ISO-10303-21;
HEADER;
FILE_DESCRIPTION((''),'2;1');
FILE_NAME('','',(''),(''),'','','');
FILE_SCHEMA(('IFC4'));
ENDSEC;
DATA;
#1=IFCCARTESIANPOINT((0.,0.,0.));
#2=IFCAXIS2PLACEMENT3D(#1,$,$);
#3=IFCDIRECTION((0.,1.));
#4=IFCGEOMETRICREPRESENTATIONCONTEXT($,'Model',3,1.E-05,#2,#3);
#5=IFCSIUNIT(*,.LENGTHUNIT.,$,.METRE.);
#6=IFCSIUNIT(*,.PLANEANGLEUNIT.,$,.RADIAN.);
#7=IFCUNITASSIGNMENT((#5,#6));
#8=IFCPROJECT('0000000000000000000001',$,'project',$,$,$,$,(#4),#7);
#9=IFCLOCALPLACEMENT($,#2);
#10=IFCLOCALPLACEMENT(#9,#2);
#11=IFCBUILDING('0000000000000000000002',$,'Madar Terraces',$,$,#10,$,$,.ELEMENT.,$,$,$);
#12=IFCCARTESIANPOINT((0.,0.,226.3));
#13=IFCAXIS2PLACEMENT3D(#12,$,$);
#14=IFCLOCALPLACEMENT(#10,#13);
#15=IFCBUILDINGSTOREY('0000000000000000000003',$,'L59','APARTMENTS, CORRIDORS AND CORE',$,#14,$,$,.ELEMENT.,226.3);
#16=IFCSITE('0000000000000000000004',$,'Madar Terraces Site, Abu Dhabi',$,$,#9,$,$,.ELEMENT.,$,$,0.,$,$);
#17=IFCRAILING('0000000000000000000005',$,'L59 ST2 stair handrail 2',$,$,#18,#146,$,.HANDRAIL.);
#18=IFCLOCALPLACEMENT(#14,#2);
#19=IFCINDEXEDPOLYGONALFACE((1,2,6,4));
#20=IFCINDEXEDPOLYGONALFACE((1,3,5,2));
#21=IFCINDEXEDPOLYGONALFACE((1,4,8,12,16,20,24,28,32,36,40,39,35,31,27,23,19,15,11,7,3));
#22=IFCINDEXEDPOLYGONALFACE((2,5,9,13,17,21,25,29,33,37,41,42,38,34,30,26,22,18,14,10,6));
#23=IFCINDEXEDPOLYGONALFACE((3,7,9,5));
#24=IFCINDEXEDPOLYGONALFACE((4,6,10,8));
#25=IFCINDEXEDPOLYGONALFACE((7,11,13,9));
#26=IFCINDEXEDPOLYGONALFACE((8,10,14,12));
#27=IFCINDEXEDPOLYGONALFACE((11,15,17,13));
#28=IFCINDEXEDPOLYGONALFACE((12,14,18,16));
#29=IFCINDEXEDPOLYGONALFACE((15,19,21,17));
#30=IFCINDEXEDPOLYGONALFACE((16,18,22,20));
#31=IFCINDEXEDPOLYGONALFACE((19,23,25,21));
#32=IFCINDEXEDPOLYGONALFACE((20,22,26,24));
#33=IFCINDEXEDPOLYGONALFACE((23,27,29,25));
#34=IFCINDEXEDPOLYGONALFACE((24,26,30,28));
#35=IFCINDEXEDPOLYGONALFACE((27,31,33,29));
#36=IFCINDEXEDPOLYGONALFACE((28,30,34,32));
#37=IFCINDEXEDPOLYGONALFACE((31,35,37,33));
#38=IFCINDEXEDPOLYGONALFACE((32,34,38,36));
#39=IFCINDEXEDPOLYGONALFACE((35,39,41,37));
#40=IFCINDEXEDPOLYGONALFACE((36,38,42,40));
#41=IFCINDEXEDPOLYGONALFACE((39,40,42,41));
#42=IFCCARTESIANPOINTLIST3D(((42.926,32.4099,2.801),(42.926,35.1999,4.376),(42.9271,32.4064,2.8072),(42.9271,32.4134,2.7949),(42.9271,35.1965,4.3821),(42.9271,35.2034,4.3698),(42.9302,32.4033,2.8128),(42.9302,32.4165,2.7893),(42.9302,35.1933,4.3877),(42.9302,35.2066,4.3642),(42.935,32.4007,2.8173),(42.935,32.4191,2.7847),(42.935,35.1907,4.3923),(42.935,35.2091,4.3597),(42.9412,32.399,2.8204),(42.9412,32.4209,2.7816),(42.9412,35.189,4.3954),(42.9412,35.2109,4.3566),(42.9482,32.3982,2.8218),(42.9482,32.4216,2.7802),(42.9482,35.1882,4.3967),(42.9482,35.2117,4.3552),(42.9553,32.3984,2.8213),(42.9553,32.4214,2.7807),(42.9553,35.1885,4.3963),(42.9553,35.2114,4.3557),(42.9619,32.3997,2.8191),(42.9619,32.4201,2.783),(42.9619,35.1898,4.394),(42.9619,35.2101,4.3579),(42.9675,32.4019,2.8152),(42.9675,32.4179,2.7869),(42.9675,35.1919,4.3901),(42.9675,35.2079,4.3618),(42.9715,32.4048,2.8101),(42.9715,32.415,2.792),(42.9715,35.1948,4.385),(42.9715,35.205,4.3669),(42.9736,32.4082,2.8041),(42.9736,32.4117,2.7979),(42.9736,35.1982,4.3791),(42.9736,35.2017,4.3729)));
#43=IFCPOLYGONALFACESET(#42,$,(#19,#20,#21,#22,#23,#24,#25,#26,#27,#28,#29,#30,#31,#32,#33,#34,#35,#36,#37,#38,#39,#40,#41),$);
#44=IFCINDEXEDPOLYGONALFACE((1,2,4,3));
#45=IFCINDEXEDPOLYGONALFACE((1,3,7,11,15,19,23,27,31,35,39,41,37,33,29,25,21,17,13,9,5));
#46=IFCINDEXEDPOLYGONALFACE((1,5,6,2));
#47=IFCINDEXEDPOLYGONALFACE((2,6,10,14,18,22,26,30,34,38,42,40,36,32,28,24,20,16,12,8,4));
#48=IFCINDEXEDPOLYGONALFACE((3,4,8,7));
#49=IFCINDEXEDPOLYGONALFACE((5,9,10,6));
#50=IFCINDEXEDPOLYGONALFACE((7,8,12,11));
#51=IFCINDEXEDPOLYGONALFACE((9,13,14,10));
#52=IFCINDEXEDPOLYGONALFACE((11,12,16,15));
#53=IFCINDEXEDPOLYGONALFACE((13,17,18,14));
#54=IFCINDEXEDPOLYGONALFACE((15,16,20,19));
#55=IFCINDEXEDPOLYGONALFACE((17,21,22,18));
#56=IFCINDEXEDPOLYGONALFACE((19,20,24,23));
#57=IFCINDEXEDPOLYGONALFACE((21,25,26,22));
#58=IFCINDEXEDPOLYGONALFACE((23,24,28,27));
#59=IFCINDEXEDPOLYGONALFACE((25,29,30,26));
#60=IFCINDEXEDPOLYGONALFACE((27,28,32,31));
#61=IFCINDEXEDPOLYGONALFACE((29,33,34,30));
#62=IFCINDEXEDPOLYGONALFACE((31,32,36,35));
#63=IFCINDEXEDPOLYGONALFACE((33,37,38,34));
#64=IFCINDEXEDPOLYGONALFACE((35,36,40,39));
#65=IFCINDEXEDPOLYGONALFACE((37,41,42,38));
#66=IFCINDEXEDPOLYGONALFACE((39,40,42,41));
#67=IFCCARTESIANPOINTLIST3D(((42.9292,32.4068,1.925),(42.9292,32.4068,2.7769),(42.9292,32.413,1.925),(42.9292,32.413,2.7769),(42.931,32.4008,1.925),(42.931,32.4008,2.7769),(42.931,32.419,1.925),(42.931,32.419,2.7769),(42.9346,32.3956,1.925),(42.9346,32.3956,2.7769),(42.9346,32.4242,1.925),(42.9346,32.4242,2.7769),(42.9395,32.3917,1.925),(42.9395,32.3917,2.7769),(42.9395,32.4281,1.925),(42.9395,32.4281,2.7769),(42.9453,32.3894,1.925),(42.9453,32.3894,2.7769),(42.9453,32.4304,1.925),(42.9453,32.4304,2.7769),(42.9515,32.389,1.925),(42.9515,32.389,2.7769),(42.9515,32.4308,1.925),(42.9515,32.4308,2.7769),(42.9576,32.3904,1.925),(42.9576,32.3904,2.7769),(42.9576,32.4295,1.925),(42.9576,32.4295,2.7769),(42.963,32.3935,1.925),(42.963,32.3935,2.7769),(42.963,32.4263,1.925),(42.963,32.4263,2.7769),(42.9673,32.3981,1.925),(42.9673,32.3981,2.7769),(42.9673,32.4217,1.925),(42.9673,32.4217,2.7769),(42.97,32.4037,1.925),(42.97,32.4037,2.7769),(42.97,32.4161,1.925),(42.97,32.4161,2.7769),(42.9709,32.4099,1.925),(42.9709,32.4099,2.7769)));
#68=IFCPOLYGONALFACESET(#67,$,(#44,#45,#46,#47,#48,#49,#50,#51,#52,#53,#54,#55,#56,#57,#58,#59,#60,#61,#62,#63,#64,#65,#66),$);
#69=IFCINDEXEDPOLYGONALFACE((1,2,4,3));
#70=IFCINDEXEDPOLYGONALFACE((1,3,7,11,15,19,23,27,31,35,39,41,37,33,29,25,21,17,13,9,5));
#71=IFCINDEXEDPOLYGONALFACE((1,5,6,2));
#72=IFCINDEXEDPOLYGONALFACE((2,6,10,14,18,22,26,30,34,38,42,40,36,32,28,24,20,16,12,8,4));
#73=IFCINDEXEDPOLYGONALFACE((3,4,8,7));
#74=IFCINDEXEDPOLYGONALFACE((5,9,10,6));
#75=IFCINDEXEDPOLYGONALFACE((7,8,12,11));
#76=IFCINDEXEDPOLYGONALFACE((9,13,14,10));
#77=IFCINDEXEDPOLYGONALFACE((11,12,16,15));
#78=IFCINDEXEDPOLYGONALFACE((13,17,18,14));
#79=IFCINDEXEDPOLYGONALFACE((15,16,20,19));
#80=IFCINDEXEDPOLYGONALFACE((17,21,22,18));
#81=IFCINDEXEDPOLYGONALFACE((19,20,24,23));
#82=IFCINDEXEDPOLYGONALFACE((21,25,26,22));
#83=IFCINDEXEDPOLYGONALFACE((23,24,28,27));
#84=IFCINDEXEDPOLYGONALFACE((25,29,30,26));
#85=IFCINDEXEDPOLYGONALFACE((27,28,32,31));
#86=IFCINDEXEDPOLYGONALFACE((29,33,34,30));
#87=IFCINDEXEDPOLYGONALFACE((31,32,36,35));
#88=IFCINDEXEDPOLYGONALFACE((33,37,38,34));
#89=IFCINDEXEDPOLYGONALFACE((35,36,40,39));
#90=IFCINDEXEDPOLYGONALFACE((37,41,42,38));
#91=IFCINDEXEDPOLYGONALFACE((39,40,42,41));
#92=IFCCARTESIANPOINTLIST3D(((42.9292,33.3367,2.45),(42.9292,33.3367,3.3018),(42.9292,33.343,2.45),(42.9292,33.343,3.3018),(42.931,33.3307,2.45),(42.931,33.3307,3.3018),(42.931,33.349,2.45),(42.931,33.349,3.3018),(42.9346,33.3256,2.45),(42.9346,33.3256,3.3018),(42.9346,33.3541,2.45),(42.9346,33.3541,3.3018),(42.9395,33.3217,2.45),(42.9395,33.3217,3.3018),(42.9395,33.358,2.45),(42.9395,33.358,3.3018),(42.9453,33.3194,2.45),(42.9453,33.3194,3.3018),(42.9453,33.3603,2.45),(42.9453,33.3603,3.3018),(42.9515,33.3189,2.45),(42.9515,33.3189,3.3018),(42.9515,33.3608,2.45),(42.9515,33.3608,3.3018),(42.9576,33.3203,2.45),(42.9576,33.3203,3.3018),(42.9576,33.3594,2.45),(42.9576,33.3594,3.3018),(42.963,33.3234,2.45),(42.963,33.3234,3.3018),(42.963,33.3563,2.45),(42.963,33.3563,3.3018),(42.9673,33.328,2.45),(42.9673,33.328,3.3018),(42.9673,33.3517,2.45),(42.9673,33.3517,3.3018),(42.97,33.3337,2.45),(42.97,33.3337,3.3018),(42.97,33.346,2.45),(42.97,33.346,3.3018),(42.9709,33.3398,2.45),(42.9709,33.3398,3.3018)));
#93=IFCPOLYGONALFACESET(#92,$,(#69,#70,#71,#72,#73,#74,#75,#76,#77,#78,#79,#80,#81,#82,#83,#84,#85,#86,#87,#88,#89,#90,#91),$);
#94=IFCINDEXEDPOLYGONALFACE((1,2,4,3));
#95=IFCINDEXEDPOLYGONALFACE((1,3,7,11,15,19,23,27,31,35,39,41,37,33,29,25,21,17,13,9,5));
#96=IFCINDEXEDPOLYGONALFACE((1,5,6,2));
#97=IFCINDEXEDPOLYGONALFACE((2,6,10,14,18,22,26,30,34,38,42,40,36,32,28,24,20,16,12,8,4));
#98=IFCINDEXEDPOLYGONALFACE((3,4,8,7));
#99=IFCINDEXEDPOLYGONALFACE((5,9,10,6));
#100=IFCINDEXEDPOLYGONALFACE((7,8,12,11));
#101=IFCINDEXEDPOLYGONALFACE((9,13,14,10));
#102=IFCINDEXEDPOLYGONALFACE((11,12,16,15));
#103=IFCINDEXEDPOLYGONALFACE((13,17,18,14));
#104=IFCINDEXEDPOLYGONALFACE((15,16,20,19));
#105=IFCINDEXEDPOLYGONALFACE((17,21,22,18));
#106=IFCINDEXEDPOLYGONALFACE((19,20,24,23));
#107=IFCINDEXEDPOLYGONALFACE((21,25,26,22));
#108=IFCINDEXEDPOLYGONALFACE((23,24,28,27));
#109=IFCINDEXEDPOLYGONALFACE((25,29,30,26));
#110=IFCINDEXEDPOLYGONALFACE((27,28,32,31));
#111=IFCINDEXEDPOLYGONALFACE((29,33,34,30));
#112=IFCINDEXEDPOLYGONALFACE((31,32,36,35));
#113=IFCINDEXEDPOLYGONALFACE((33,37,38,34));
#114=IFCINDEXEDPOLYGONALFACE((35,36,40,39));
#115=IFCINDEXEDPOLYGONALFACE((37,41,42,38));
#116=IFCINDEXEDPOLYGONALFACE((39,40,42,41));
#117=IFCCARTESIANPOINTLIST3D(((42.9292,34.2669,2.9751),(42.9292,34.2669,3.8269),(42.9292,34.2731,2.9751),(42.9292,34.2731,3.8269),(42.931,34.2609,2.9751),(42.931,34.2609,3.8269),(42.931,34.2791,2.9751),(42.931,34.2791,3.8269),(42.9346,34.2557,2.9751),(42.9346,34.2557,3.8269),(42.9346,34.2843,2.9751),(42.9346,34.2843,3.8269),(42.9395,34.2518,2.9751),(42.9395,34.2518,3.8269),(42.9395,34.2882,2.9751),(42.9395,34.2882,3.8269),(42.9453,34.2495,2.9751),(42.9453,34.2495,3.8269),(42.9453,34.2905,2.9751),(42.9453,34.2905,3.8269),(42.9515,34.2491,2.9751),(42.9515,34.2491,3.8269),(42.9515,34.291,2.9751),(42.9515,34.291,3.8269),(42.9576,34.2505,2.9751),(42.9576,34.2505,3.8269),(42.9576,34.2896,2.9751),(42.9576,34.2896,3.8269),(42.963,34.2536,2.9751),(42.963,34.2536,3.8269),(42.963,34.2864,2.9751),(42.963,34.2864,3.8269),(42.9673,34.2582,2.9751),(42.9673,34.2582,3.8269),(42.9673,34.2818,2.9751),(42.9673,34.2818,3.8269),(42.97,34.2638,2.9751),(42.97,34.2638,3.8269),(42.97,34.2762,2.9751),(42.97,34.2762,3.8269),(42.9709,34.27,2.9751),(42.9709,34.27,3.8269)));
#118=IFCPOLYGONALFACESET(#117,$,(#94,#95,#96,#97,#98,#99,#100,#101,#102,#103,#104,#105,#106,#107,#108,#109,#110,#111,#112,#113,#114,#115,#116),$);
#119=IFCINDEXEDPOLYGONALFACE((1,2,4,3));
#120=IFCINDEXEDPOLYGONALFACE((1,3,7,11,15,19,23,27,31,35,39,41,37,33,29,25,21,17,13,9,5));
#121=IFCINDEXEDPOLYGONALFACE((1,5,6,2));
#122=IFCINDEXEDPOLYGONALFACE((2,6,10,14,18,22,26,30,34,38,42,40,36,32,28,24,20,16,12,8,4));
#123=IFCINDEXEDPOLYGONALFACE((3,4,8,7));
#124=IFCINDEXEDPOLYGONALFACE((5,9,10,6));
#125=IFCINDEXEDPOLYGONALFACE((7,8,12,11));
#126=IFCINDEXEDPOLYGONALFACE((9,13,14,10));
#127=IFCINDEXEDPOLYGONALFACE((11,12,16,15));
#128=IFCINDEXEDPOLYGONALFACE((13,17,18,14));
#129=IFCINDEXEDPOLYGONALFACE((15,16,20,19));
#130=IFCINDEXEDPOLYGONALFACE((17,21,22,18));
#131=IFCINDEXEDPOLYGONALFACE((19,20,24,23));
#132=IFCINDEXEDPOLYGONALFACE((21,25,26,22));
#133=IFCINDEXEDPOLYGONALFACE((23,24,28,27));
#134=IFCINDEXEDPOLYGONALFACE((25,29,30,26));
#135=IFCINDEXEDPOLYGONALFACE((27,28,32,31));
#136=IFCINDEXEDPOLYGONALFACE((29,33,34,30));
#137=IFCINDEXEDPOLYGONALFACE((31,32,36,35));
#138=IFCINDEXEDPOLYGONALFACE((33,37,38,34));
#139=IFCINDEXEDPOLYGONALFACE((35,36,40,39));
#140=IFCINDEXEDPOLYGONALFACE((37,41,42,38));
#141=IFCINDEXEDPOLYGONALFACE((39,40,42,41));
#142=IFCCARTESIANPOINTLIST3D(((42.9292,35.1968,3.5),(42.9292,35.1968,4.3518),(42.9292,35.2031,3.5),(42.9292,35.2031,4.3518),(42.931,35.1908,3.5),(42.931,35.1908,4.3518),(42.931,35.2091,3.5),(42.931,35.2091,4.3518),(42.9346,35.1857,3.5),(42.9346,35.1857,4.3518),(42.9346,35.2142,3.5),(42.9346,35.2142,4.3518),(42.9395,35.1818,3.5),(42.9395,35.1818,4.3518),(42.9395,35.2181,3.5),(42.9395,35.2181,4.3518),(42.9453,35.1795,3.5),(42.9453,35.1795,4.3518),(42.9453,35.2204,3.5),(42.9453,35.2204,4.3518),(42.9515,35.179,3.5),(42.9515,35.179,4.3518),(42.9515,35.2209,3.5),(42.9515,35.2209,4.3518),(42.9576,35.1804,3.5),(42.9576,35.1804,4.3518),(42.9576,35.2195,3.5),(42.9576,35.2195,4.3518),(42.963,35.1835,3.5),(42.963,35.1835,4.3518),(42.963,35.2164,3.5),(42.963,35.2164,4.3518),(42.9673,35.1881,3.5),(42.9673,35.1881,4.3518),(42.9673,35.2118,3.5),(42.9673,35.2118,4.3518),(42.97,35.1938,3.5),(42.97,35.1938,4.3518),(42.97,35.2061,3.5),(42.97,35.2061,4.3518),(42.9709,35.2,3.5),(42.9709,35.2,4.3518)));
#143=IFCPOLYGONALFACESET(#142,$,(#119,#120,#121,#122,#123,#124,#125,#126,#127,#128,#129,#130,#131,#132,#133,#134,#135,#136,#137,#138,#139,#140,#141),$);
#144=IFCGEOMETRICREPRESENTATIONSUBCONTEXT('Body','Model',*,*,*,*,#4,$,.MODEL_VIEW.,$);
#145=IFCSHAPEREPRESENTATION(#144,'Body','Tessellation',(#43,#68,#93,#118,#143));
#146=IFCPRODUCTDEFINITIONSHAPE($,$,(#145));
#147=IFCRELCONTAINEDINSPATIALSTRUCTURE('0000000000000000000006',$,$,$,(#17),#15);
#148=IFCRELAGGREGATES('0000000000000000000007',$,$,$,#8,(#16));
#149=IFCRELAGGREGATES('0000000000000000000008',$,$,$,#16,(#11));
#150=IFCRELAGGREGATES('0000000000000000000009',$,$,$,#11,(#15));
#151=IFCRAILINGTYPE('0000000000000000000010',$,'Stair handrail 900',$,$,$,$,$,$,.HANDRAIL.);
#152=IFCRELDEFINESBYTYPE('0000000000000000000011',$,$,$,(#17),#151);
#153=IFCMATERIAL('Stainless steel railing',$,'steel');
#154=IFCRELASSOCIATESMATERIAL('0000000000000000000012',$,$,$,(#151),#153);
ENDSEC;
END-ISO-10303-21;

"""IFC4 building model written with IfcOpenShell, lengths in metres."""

from ifc_helpers import new_model, si_unit, direction, frame, origin, origin_2d, place, context, subcontext, project, spatial, circle, extrude, material, type_object, element, save


model = new_model("IFC4")

# Units and contexts
model_context = context("Model", 3, precision=1e-05, world=origin(), true_north=direction((0.0, 1.0)))
body_context = subcontext(model_context, "Body", "Model", "MODEL_VIEW")
ifc_project = project(units=[si_unit("LENGTHUNIT", "METRE"), si_unit("PLANEANGLEUNIT", "RADIAN")], contexts=[model_context])

# Site, building, storey
site_placement = place(None, origin())
site = spatial("IfcSite", under=ifc_project, at=site_placement, Name="Madar Terraces Site, Abu Dhabi", CompositionType="ELEMENT", RefElevation=0.0)
building_placement = place(site_placement, origin())
building = spatial("IfcBuilding", under=site, at=building_placement, Name="Madar Terraces", CompositionType="ELEMENT")
storey_placement = place(building_placement, frame((0.0, 0.0, 226.3)))
storey = spatial("IfcBuildingStorey", under=building, at=storey_placement, Name="L59", Description="APARTMENTS, CORRIDORS AND CORE", CompositionType="ELEMENT", Elevation=226.3)

# Railing
ifc_material_1 = material(Name="Stainless steel railing", Category="steel")
railing_type_1 = type_object("IfcRailingType", Name="Stair handrail 900", PredefinedType="HANDRAIL", material=ifc_material_1)
railing_1_placement = place(storey_placement, frame((42.95, 32.4099, 1.925)))
element("IfcRailing", 1, at=railing_1_placement, inside=storey, type_object=railing_type_1, Name="L59 ST2 stair handrail 2", PredefinedType="HANDRAIL", context=body_context, shape_type="SweptSolid", body=[
    extrude(circle(Radius=0.0239, at=origin_2d()), frame((0.0, 0.0, 0.876), z_axis=(0.0, 0.870834, 0.491578), x_axis=(-1.0, 0.0, 0.0)), (0.0, 0.0, 1.0), 3.2039),
    extrude(circle(Radius=0.021, at=origin_2d()), origin(), (0.0, 0.0, 1.0), 0.8518),
    extrude(circle(Radius=0.021, at=origin_2d()), frame((0.0, 0.9299, 0.5249)), (0.0, 0.0, 1.0), 0.8518),
    extrude(circle(Radius=0.021, at=origin_2d()), frame((0.0, 1.8601, 1.05)), (0.0, 0.0, 1.0), 0.8518),
    extrude(circle(Radius=0.021, at=origin_2d()), frame((0.0, 2.79, 1.575)), (0.0, 0.0, 1.0), 0.8518),
])

save(model, "model.ifc")
